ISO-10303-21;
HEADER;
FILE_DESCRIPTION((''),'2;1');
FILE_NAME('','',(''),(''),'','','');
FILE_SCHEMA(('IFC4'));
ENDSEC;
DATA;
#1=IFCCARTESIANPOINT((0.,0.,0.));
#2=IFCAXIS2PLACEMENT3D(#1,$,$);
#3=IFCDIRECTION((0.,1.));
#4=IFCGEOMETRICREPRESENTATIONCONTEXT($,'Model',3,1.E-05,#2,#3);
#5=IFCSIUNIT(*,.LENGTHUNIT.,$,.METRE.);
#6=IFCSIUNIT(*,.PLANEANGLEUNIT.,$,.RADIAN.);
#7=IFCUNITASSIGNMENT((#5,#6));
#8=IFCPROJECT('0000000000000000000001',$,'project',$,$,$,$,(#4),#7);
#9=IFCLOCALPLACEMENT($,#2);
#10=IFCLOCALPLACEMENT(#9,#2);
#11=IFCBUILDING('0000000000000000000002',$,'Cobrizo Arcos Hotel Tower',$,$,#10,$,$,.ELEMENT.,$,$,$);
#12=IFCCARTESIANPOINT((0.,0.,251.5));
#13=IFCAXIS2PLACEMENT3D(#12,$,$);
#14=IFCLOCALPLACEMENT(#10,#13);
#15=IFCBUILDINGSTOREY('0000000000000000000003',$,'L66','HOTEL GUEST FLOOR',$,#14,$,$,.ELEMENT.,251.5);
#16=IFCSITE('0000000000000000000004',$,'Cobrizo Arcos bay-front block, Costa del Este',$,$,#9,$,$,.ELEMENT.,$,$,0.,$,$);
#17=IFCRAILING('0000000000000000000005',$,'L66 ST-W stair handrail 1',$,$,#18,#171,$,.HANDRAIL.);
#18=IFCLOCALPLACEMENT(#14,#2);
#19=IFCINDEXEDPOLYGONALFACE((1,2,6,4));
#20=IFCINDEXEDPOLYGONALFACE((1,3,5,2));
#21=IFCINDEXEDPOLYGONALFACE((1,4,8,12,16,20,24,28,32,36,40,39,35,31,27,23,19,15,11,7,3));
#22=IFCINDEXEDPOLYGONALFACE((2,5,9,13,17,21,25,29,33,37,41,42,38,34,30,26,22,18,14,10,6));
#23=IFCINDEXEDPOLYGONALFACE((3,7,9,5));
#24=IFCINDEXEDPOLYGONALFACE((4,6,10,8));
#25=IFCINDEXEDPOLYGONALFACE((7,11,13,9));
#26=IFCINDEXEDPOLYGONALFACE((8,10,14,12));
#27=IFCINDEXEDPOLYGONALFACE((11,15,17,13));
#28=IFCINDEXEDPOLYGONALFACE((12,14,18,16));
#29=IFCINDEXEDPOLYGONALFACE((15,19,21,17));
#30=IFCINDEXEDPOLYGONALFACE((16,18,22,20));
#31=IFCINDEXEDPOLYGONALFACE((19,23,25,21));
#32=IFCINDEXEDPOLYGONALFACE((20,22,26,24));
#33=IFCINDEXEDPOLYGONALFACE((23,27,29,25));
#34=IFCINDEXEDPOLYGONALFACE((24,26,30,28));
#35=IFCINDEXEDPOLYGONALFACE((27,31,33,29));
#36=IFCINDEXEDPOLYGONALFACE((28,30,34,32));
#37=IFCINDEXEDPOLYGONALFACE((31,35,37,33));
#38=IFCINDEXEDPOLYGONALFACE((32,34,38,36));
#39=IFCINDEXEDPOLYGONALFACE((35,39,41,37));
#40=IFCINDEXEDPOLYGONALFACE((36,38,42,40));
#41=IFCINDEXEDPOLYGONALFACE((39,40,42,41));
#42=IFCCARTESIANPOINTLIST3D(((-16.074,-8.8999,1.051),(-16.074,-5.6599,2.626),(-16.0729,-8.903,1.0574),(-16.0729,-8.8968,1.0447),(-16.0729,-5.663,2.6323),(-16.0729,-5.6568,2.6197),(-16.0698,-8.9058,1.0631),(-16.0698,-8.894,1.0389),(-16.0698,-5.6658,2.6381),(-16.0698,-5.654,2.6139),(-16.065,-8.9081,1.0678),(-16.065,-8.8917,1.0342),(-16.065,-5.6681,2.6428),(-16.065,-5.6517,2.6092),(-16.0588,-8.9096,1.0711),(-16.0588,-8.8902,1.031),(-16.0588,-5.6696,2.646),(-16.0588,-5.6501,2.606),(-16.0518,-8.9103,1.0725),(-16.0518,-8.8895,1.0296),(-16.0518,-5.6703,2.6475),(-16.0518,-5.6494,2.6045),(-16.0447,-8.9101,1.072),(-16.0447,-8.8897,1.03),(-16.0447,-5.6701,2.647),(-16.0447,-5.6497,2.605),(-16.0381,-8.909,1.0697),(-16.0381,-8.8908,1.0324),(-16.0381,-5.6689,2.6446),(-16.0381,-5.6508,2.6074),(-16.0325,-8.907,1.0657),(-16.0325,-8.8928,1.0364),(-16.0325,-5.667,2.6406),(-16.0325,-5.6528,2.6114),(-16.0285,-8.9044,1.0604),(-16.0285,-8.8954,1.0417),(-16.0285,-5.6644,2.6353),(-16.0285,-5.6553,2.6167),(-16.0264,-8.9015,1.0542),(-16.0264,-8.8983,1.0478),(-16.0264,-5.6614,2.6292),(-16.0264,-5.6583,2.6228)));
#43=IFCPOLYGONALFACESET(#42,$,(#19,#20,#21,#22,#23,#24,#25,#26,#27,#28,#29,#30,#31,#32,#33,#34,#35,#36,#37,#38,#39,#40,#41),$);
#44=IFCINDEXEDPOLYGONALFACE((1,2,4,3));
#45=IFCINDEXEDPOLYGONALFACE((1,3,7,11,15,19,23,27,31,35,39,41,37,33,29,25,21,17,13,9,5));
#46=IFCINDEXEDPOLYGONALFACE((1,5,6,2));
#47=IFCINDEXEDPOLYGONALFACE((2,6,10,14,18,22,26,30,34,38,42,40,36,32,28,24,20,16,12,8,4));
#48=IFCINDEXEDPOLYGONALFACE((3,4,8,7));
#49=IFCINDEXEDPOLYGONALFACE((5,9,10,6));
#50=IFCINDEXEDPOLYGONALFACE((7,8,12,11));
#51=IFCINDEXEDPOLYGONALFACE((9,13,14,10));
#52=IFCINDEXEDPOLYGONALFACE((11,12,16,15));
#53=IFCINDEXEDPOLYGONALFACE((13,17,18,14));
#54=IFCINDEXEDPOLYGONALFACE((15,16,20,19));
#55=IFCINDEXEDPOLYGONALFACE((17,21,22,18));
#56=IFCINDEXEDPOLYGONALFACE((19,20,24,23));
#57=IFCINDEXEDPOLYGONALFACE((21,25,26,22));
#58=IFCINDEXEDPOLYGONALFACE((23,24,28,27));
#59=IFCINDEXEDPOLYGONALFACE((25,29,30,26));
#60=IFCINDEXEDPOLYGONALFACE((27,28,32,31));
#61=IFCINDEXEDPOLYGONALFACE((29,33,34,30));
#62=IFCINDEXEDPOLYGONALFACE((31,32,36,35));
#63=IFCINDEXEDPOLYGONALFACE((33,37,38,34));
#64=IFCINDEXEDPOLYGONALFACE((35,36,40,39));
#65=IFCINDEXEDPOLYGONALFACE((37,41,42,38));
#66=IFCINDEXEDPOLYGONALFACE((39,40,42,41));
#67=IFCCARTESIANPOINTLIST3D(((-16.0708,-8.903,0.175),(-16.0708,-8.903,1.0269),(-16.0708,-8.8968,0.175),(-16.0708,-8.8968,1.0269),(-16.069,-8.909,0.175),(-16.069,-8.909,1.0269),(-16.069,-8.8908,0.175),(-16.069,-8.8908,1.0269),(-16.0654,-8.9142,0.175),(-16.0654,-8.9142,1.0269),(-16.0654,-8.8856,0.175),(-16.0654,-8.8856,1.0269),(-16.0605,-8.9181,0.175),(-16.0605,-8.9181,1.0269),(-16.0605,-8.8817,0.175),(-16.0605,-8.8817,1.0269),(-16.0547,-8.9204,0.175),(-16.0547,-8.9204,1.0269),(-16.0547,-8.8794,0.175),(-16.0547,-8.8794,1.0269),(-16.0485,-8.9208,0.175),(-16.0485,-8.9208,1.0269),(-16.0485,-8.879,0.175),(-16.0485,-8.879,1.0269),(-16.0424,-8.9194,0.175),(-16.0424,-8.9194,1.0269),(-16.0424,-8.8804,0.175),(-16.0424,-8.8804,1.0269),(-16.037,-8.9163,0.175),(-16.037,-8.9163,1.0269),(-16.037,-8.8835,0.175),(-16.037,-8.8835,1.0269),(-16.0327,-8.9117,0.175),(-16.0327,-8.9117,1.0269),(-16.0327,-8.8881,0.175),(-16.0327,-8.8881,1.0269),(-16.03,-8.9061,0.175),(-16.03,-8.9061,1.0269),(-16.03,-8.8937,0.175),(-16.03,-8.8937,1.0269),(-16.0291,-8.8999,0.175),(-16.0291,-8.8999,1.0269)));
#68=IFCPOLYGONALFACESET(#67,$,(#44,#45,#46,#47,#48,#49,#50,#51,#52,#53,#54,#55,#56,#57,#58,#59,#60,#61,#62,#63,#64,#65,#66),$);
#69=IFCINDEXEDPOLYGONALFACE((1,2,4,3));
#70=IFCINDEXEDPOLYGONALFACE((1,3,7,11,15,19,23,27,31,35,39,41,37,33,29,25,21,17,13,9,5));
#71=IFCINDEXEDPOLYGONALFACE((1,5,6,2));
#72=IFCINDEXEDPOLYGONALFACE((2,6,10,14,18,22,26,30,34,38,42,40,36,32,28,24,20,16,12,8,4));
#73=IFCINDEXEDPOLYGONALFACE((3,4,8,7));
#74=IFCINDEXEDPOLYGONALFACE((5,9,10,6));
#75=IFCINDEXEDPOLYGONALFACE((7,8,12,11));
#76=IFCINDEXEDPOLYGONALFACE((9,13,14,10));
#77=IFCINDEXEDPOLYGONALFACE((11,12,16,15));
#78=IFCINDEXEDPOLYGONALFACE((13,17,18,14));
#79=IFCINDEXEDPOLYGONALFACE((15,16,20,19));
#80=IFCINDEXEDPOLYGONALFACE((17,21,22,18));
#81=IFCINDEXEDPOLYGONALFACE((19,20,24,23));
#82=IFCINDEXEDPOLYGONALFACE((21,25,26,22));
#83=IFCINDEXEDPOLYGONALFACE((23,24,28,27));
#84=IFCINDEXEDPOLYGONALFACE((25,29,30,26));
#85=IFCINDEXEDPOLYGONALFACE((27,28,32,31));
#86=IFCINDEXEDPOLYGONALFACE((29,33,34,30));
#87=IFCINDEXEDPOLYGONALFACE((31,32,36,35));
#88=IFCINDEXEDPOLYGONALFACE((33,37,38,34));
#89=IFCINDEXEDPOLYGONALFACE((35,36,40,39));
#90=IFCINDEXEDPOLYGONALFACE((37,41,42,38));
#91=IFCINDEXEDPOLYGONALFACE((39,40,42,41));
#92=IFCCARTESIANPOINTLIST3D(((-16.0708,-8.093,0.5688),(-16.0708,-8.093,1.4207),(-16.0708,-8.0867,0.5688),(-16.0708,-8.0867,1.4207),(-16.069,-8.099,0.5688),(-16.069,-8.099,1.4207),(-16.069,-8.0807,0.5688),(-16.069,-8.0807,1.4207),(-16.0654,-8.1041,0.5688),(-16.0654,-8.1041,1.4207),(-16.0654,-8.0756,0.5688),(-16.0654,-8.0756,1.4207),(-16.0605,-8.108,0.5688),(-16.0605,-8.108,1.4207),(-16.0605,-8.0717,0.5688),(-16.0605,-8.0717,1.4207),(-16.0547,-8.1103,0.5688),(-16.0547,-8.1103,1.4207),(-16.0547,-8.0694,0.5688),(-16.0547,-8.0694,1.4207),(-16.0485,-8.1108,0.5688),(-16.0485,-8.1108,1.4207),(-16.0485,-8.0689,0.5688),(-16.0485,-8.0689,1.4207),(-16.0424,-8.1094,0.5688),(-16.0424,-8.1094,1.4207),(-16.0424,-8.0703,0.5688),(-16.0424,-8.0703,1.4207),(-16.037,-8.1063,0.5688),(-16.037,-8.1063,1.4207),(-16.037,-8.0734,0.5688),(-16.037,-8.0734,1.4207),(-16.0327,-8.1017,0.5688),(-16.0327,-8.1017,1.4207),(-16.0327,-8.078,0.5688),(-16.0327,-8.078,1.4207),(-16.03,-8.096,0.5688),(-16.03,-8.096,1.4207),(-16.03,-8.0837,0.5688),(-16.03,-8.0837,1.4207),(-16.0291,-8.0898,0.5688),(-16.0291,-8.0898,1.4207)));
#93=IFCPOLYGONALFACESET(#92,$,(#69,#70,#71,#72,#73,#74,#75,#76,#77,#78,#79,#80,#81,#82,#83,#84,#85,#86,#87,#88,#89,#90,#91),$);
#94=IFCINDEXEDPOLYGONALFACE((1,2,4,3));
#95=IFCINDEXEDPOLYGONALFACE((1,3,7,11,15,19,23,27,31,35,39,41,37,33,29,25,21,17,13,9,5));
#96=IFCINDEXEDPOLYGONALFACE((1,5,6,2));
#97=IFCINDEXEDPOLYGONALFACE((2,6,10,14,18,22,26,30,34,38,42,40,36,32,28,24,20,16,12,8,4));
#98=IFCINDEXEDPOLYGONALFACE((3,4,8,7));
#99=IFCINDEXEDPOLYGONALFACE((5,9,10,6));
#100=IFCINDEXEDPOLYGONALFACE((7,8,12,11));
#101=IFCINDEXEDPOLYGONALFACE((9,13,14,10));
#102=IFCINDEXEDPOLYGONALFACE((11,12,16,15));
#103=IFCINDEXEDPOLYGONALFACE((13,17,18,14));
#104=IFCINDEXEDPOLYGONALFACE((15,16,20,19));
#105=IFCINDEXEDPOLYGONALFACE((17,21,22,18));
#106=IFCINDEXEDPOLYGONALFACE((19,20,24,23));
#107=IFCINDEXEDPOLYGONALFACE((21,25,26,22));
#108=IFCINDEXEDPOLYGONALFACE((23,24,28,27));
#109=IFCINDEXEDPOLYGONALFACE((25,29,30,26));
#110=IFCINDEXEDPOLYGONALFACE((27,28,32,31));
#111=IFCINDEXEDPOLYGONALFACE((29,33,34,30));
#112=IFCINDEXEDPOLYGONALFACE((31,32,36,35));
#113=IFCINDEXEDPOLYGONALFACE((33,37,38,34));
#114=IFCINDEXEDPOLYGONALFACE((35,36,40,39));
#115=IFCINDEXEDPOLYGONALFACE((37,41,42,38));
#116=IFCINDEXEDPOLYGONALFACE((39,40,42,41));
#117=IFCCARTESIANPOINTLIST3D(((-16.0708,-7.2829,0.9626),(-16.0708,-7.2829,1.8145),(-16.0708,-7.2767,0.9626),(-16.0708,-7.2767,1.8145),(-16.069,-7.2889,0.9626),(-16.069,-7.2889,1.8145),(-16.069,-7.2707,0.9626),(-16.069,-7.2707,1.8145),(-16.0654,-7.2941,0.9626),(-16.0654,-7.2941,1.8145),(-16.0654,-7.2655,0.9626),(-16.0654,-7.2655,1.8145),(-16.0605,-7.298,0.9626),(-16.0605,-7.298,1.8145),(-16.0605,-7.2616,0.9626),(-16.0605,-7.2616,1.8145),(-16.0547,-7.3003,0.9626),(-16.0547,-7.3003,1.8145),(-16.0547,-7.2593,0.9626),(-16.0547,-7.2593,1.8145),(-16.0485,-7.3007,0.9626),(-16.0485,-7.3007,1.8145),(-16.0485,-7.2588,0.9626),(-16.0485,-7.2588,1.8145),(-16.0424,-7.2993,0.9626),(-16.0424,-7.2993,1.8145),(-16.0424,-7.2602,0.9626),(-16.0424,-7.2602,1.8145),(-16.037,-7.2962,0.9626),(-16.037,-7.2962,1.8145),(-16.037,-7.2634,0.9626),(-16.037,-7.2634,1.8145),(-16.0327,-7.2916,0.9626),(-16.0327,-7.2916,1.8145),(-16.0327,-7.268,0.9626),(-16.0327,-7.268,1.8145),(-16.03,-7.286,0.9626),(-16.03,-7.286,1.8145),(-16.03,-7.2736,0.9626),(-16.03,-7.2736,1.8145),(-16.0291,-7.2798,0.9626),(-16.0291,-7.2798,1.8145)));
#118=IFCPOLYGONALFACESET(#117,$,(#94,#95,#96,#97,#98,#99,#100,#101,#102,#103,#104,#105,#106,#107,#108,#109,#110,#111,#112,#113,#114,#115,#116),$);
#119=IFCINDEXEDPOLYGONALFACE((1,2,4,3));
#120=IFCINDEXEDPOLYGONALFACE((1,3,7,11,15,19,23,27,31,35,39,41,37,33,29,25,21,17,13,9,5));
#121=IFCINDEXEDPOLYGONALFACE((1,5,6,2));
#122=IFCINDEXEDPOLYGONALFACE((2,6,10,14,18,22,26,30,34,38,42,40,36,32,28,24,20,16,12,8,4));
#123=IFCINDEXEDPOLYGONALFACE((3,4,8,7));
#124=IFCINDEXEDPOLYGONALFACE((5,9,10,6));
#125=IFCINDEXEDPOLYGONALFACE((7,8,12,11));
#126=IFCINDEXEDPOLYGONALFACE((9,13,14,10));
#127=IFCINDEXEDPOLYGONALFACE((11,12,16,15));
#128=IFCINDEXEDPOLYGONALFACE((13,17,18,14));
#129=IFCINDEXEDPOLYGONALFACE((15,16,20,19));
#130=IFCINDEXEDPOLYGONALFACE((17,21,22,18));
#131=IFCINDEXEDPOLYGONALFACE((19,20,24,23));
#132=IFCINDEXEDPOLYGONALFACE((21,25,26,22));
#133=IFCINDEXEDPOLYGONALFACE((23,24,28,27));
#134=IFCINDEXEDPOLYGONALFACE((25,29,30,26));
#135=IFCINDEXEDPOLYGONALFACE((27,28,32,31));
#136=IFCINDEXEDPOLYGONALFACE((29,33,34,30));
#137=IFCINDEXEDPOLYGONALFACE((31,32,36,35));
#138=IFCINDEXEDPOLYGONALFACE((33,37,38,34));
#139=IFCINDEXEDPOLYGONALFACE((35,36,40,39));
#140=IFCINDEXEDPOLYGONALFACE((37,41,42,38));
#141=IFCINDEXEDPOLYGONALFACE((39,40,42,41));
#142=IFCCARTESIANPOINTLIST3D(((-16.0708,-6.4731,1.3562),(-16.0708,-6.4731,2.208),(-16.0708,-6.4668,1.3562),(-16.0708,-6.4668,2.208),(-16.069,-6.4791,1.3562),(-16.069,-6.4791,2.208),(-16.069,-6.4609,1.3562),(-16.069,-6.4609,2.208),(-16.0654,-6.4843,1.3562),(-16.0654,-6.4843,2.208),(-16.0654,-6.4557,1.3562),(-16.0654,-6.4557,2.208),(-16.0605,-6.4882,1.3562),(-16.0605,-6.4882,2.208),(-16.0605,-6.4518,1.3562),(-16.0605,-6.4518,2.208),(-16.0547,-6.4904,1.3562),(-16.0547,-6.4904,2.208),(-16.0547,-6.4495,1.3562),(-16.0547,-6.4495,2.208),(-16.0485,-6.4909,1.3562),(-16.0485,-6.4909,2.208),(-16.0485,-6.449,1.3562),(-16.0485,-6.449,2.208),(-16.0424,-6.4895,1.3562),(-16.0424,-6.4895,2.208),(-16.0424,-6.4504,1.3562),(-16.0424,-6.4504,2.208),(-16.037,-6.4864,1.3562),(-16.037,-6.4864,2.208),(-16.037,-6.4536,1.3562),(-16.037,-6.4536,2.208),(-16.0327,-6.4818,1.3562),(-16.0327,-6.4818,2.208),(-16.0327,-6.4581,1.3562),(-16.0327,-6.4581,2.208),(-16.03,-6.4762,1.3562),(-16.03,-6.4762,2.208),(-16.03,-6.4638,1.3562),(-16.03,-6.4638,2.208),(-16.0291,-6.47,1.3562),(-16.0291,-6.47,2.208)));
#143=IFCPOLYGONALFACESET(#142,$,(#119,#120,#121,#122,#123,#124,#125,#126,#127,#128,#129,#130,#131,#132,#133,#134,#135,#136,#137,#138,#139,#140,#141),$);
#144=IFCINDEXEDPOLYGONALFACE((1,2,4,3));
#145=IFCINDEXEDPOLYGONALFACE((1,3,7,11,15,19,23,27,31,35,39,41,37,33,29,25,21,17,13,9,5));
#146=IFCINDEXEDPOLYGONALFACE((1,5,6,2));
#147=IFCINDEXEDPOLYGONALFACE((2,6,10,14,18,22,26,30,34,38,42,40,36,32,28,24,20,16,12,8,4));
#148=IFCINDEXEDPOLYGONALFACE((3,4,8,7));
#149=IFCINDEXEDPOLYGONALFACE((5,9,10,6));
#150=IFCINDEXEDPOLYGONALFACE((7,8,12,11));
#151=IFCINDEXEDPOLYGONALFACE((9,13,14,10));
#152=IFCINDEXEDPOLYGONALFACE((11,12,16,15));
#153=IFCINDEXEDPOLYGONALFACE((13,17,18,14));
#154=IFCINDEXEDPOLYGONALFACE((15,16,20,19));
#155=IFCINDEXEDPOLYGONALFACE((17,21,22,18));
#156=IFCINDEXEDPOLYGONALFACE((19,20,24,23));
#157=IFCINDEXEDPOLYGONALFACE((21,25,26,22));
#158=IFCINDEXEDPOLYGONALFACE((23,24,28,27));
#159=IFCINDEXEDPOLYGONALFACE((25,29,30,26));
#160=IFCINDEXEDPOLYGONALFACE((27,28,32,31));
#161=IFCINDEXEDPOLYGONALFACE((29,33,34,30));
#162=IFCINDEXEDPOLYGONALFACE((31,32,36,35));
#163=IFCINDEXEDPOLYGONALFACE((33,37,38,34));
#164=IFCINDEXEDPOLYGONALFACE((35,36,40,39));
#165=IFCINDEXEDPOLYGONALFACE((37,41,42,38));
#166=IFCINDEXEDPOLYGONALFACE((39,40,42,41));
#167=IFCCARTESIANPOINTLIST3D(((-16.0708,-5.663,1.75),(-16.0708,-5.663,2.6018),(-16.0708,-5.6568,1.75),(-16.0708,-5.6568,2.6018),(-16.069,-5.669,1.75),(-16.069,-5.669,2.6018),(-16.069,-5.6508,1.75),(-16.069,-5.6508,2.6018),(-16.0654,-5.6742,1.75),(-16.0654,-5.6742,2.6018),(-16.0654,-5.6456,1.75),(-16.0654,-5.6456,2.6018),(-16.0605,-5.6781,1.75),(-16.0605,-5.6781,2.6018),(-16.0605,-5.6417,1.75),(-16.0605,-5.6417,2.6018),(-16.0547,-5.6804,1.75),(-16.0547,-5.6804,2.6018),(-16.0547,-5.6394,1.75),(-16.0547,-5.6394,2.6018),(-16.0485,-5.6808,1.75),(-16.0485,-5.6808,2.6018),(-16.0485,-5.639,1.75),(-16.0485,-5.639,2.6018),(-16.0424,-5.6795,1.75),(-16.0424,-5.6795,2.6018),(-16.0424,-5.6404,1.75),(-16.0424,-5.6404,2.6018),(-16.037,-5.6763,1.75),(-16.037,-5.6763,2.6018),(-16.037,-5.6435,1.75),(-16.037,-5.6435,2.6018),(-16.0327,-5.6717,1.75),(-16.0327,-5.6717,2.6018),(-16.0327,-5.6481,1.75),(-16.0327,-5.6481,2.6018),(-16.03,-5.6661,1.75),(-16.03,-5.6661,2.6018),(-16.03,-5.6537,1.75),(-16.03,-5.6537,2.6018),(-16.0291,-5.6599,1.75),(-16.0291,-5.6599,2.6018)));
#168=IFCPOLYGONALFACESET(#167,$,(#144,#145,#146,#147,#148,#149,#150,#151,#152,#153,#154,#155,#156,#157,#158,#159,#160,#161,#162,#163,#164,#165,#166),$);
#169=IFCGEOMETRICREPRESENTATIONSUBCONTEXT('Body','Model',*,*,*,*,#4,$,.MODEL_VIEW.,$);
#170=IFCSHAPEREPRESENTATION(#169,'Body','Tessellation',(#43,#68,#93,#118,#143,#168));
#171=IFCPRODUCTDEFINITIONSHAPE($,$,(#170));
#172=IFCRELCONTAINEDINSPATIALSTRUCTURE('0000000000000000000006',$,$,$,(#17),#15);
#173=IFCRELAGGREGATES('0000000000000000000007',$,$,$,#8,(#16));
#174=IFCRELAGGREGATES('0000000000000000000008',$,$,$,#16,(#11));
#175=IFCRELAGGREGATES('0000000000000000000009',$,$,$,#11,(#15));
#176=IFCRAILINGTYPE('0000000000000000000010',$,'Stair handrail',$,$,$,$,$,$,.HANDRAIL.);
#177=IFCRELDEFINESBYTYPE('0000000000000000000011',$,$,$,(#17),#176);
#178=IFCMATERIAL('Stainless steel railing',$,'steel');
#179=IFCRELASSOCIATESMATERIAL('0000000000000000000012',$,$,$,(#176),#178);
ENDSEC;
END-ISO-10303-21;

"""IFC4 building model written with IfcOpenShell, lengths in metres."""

from ifc_helpers import new_model, si_unit, direction, frame, origin, origin_2d, place, context, subcontext, project, spatial, circle, extrude, material, type_object, element, save


model = new_model("IFC4")

# Units and contexts
model_context = context("Model", 3, precision=1e-05, world=origin(), true_north=direction((0.0, 1.0)))
body_context = subcontext(model_context, "Body", "Model", "MODEL_VIEW")
ifc_project = project(units=[si_unit("LENGTHUNIT", "METRE"), si_unit("PLANEANGLEUNIT", "RADIAN")], contexts=[model_context])

# Site, building, storey
site_placement = place(None, origin())
site = spatial("IfcSite", under=ifc_project, at=site_placement, Name="Cobrizo Arcos bay-front block, Costa del Este", CompositionType="ELEMENT", RefElevation=0.0)
building_placement = place(site_placement, origin())
building = spatial("IfcBuilding", under=site, at=building_placement, Name="Cobrizo Arcos Hotel Tower", CompositionType="ELEMENT")
storey_placement = place(building_placement, frame((0.0, 0.0, 251.5)))
storey = spatial("IfcBuildingStorey", under=building, at=storey_placement, Name="L66", Description="HOTEL GUEST FLOOR", CompositionType="ELEMENT", Elevation=251.5)

# Railing
ifc_material_1 = material(Name="Stainless steel railing", Category="steel")
railing_type_1 = type_object("IfcRailingType", Name="Stair handrail", PredefinedType="HANDRAIL", material=ifc_material_1)
railing_1_placement = place(storey_placement, frame((-16.05, -8.8999, 0.175)))
element("IfcRailing", 1, at=railing_1_placement, inside=storey, type_object=railing_type_1, Name="L66 ST-W stair handrail 1", PredefinedType="HANDRAIL", context=body_context, shape_type="SweptSolid", body=[
    extrude(circle(Radius=0.0239, at=origin_2d()), frame((0.0, 0.0, 0.876), z_axis=(0.0, 0.899373, 0.437183), x_axis=(-1.0, 0.0, 0.0)), (0.0, 0.0, 1.0), 3.6025),
    extrude(circle(Radius=0.021, at=origin_2d()), origin(), (0.0, 0.0, 1.0), 0.8518),
    extrude(circle(Radius=0.021, at=origin_2d()), frame((0.0, 0.8101, 0.3938)), (0.0, 0.0, 1.0), 0.8518),
    extrude(circle(Radius=0.021, at=origin_2d()), frame((0.0, 1.6201, 0.7876)), (0.0, 0.0, 1.0), 0.8518),
    extrude(circle(Radius=0.021, at=origin_2d()), frame((0.0, 2.4299, 1.1812)), (0.0, 0.0, 1.0), 0.8518),
    extrude(circle(Radius=0.021, at=origin_2d()), frame((0.0, 3.24, 1.575)), (0.0, 0.0, 1.0), 0.8518),
])

save(model, "model.ifc")
